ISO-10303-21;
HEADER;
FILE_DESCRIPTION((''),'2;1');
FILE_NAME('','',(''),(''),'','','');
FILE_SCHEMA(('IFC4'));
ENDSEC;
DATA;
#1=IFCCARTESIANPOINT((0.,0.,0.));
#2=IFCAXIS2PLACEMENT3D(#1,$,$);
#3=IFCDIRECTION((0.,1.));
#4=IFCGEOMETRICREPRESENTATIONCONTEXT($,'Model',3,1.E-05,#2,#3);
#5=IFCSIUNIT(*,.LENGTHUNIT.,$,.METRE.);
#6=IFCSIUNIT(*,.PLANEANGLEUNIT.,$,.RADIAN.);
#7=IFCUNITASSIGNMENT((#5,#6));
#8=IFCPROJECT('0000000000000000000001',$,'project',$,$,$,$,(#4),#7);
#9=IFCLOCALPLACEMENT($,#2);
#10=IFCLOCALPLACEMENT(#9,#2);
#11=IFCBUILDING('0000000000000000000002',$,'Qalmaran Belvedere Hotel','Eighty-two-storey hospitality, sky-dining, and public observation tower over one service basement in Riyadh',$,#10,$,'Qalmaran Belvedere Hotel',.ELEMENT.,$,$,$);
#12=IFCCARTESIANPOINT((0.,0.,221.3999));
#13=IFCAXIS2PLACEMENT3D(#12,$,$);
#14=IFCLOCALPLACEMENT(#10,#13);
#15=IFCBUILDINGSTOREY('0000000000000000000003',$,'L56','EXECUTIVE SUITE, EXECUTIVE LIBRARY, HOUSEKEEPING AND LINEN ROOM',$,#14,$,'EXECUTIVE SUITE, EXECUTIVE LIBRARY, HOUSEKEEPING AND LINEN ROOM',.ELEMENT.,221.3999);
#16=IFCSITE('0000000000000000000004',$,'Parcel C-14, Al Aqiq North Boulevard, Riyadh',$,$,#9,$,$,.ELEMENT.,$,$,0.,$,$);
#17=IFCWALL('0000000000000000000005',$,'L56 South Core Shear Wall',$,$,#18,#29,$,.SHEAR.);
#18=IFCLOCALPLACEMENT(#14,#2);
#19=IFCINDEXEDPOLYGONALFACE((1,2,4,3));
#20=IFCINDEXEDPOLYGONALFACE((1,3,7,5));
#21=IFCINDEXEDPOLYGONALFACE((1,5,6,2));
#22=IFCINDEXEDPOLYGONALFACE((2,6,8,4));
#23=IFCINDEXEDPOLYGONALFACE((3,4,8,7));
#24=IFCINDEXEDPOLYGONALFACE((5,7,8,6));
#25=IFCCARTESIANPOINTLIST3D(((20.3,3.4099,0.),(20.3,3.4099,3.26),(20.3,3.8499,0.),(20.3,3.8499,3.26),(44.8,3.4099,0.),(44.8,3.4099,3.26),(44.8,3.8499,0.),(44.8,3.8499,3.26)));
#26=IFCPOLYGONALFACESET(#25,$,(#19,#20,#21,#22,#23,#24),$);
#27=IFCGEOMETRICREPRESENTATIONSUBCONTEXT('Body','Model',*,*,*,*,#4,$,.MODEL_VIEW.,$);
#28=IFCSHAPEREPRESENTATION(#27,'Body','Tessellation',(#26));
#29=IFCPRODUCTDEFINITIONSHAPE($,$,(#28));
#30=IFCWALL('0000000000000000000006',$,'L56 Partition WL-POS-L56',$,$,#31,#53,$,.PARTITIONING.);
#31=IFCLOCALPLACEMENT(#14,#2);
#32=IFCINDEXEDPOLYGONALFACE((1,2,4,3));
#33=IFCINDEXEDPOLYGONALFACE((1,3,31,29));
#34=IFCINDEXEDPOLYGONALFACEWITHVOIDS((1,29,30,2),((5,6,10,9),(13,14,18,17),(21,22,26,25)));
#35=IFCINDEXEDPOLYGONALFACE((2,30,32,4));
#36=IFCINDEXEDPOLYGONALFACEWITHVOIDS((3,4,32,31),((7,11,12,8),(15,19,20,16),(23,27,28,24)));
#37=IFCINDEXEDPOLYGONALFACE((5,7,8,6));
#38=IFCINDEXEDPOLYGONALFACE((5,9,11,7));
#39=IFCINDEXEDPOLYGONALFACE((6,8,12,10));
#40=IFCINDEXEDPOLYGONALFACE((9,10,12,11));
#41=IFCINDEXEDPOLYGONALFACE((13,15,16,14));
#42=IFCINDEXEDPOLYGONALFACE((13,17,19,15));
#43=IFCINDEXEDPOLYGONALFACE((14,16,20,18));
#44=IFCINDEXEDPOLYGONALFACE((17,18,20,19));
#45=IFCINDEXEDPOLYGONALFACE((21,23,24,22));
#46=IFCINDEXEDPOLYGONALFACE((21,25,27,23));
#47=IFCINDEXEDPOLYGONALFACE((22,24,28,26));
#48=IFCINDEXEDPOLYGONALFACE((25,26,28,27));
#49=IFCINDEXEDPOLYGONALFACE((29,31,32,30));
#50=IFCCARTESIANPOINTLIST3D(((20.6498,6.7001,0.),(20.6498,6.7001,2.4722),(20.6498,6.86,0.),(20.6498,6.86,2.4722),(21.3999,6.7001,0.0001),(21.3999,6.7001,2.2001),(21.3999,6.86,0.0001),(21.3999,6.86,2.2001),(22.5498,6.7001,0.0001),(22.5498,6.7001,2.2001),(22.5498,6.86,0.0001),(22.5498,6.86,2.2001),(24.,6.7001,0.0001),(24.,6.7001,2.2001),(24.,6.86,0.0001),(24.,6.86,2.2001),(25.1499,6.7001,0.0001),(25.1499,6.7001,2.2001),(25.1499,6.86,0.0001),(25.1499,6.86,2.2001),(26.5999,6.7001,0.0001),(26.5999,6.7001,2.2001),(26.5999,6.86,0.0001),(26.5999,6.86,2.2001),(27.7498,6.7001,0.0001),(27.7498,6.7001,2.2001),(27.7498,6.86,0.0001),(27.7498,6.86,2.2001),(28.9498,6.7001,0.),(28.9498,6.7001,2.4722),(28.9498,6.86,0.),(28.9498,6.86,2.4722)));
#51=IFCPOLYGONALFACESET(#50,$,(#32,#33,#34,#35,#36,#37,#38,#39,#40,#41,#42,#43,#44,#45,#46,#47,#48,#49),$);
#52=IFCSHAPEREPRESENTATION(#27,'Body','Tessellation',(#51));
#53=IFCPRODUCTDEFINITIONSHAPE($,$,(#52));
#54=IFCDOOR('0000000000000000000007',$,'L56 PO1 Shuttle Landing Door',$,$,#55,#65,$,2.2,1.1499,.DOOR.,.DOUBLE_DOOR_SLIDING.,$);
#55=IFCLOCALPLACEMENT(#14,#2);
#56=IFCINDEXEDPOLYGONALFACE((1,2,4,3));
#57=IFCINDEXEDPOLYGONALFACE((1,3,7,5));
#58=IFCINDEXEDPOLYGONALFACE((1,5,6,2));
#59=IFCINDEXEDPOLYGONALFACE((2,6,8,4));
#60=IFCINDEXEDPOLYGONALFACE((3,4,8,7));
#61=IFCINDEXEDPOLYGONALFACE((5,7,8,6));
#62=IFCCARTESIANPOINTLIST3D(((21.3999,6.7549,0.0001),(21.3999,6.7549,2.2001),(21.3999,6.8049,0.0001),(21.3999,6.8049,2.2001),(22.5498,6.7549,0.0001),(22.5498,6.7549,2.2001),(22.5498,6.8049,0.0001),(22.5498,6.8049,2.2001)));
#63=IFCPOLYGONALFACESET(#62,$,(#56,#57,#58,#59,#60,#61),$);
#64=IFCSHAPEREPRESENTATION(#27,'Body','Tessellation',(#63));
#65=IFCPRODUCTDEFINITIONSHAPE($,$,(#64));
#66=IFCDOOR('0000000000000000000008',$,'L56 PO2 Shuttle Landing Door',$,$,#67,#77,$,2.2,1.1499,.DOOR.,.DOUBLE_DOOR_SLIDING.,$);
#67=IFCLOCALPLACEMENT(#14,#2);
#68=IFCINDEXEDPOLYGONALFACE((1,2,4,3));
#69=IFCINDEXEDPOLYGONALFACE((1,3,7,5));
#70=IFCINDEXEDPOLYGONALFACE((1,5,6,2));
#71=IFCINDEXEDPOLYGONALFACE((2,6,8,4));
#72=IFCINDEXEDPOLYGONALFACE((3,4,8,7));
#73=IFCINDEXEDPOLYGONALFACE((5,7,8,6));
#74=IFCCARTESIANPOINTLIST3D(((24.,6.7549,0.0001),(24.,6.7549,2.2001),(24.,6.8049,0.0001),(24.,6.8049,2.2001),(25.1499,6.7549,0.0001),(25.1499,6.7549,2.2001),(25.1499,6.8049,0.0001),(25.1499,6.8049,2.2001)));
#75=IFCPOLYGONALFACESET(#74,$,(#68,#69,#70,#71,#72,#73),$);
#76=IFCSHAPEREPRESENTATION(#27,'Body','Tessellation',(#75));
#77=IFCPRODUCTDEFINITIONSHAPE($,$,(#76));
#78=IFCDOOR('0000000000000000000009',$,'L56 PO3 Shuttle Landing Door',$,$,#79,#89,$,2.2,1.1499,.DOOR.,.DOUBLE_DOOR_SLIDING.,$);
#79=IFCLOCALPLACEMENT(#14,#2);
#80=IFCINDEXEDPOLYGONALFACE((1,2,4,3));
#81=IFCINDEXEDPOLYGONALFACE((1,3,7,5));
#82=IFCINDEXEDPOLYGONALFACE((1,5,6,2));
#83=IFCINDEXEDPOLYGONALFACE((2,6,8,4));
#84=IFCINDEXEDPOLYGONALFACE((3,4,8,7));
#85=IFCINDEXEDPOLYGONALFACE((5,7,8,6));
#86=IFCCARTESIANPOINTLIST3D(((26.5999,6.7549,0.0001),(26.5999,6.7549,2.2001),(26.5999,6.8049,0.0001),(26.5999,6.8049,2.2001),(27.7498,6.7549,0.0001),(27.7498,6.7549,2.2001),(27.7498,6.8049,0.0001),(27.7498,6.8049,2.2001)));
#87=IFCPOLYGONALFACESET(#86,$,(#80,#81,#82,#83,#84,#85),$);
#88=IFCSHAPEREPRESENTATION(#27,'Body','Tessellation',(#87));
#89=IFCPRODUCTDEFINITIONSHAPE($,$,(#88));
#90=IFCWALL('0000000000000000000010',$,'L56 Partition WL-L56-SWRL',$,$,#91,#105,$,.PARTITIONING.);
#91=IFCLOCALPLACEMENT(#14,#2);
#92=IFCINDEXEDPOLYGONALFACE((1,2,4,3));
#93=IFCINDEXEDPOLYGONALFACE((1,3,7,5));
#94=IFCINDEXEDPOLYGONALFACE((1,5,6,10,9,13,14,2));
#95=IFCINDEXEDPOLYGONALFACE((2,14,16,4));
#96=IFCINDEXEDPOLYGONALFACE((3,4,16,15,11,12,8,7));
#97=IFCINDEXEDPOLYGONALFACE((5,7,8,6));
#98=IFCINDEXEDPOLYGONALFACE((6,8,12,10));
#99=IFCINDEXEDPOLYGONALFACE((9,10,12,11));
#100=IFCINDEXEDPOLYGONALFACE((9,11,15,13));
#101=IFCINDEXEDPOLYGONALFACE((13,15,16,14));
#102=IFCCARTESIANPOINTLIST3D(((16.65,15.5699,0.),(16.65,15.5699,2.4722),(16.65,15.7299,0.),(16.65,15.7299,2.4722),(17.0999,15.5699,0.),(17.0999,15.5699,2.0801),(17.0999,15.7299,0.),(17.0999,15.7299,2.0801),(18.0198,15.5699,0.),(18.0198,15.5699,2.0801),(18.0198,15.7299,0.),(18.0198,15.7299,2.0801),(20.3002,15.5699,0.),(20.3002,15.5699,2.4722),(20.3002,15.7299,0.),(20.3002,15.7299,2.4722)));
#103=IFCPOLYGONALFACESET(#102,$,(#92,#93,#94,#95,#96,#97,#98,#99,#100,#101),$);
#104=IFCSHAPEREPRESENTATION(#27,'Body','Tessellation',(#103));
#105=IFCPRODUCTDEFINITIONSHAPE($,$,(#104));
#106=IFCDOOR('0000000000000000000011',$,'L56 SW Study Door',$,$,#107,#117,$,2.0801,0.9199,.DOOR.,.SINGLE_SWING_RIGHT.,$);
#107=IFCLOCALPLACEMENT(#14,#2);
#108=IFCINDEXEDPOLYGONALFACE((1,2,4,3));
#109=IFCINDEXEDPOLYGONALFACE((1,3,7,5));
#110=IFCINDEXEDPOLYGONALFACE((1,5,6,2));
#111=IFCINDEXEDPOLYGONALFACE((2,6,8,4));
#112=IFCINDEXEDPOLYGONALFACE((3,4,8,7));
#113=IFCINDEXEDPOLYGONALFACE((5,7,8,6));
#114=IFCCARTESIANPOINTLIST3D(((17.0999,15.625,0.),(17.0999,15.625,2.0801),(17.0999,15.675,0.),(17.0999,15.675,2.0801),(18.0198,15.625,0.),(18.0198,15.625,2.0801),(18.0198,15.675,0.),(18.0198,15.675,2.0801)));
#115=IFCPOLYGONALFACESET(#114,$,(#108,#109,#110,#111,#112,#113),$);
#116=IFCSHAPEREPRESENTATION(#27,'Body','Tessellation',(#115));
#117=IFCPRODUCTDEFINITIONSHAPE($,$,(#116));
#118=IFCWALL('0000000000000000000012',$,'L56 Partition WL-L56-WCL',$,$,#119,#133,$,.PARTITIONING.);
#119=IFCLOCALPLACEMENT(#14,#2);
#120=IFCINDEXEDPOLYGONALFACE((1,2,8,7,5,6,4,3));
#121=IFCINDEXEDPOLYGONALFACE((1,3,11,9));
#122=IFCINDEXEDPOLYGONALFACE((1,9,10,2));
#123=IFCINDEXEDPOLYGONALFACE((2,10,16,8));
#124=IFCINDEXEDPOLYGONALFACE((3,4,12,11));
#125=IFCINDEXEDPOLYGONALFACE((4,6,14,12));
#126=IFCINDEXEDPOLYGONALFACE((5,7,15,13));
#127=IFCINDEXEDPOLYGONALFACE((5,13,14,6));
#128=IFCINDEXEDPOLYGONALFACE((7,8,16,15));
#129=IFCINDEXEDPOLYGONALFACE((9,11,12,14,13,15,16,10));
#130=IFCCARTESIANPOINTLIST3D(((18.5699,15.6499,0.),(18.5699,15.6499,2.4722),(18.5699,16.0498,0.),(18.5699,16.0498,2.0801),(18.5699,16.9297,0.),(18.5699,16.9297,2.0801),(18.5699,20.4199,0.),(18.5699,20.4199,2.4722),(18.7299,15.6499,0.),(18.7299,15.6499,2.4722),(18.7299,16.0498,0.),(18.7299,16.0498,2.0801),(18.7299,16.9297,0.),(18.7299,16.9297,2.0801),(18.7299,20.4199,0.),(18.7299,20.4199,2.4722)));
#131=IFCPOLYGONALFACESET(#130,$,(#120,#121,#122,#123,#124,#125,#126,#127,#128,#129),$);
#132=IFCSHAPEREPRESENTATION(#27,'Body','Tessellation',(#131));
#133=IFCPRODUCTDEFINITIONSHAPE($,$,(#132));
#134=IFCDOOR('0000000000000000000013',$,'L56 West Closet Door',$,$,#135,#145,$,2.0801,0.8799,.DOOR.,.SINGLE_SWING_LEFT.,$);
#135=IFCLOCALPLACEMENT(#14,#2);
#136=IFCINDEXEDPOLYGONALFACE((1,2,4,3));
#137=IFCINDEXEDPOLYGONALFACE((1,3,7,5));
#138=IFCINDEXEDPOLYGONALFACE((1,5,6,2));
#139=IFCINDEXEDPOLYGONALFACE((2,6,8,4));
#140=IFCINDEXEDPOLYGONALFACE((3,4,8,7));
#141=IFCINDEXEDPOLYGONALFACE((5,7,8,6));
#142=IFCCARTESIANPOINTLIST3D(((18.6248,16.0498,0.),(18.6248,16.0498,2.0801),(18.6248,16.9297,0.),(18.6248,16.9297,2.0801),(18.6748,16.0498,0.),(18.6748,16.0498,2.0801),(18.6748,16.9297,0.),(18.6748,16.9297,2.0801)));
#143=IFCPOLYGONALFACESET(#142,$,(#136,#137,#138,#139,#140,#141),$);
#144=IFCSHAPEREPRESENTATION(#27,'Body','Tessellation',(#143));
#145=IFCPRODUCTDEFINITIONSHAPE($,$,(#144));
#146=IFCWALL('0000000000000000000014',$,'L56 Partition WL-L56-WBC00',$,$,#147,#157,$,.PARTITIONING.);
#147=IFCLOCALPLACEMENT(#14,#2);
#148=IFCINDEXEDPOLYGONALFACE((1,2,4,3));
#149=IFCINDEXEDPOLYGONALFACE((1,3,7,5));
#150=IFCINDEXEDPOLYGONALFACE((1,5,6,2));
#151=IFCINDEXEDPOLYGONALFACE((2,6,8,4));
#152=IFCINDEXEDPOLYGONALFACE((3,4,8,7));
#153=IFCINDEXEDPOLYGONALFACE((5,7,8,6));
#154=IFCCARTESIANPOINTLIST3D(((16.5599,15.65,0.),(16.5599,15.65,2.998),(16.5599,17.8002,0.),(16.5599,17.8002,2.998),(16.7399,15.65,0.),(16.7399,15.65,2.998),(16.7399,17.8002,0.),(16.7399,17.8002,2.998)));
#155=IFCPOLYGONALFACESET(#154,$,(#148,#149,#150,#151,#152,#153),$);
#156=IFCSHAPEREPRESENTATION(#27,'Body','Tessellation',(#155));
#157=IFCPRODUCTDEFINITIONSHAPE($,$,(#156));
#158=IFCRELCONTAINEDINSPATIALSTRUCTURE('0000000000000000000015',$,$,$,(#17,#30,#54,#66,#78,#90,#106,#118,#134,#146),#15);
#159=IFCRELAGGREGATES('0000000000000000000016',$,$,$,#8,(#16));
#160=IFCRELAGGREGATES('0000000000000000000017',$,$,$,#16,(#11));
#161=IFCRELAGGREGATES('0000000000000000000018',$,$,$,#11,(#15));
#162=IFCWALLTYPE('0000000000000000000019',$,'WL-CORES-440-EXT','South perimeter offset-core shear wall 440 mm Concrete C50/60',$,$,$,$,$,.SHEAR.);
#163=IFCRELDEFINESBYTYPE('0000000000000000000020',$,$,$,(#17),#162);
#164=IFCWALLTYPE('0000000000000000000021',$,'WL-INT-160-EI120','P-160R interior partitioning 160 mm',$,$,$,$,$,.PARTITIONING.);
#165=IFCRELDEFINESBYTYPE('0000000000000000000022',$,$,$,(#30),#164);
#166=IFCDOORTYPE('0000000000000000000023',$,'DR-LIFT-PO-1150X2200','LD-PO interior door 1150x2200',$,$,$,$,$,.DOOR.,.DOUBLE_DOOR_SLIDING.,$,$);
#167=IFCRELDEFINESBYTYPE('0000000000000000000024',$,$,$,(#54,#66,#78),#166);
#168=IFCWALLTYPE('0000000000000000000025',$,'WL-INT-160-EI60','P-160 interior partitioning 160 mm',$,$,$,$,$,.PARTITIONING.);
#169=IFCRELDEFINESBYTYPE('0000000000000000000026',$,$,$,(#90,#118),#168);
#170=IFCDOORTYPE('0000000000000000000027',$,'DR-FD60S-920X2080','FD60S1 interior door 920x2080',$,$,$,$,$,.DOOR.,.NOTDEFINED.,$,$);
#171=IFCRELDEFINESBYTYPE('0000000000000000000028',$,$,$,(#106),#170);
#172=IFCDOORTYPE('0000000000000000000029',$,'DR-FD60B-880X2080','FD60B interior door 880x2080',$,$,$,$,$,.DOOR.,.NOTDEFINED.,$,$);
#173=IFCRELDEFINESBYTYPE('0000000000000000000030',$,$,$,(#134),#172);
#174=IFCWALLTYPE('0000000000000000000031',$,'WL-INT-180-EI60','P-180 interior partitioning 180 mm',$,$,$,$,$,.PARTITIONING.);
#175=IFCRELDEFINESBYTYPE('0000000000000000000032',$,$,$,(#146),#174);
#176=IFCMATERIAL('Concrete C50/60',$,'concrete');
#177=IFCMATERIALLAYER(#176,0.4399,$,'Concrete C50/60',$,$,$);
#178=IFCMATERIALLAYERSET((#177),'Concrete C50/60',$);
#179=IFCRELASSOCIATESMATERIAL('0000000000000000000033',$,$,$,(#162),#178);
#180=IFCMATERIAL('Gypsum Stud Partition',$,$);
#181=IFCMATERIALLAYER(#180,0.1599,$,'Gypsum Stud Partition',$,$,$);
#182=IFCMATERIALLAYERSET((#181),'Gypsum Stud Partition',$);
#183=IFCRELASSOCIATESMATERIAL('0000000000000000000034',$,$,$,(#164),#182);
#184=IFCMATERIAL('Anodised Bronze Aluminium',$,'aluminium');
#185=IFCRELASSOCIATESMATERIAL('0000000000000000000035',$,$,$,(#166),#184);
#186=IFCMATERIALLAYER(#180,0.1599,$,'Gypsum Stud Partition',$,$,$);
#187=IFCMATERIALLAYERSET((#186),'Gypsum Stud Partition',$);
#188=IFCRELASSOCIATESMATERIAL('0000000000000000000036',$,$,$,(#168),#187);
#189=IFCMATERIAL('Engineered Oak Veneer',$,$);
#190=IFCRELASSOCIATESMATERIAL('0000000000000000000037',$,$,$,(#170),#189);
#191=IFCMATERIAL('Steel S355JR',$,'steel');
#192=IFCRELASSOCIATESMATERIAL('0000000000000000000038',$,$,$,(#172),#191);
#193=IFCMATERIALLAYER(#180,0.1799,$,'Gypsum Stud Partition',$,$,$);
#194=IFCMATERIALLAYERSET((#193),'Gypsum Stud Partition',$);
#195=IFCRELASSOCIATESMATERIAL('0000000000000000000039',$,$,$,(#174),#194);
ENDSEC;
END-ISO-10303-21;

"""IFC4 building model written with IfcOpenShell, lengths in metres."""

from ifc_helpers import new_model, si_unit, direction, frame, frame_2d, origin, place, context, subcontext, project, spatial, rectangle, extrude, material, layer, layer_set, type_object, element, fill, save


model = new_model("IFC4")

# Units and contexts
model_context = context("Model", 3, precision=1e-05, world=origin(), true_north=direction((0.0, 1.0)))
body_context = subcontext(model_context, "Body", "Model", "MODEL_VIEW")
ifc_project = project(units=[si_unit("LENGTHUNIT", "METRE"), si_unit("PLANEANGLEUNIT", "RADIAN")], contexts=[model_context])

# Site, building, storey
site_placement = place(None, origin())
site = spatial("IfcSite", under=ifc_project, at=site_placement, Name="Parcel C-14, Al Aqiq North Boulevard, Riyadh", CompositionType="ELEMENT", RefElevation=0.0)
building_placement = place(site_placement, origin())
building = spatial("IfcBuilding", under=site, at=building_placement, Name="Qalmaran Belvedere Hotel", Description="Eighty-two-storey hospitality, sky-dining, and public observation tower over one service basement in Riyadh", LongName="Qalmaran Belvedere Hotel", CompositionType="ELEMENT")
storey_placement = place(building_placement, frame((0.0, 0.0, 221.3999)))
storey = spatial("IfcBuildingStorey", under=building, at=storey_placement, Name="L56", Description="EXECUTIVE SUITE, EXECUTIVE LIBRARY, HOUSEKEEPING AND LINEN ROOM", LongName="EXECUTIVE SUITE, EXECUTIVE LIBRARY, HOUSEKEEPING AND LINEN ROOM", CompositionType="ELEMENT", Elevation=221.3999)

# Shared definitions
ifc_material_1 = material(Name="Concrete C50/60", Category="concrete")

# Shared definitions
ifc_material_2 = material(Name="Steel S355JR", Category="steel")

# Shared definitions
ifc_material_3 = material(Name="Anodised Bronze Aluminium", Category="aluminium")

# Wall
ifc_layer_1 = layer(ifc_material_1, 0.4399, Name="Concrete C50/60")
ifc_layer_set_1 = layer_set([ifc_layer_1], Name="Concrete C50/60")
wall_type_1 = type_object("IfcWallType", Name="WL-CORES-440-EXT", Description="South perimeter offset-core shear wall 440 mm Concrete C50/60", PredefinedType="SHEAR", material=ifc_layer_set_1)
wall_1_placement = place(storey_placement, frame((20.3, 3.6299, 0.0), z_axis=(0.0, 0.0, 1.0), x_axis=(1.0, 0.0, 0.0)))
element("IfcWall", 1, at=wall_1_placement, inside=storey, type_object=wall_type_1, Name="L56 South Core Shear Wall", PredefinedType="SHEAR", context=body_context, shape_type="SweptSolid", body=[
    extrude(rectangle(XDim=24.5, YDim=0.4399, at=frame_2d((12.25, 0.0))), origin(), (0.0, 0.0, 1.0), 3.26),
])

# Wall, openings, doors
ifc_material_4 = material(Name="Gypsum Stud Partition")
ifc_layer_2 = layer(ifc_material_4, 0.1599, Name="Gypsum Stud Partition")
ifc_layer_set_2 = layer_set([ifc_layer_2], Name="Gypsum Stud Partition")
wall_type_2 = type_object("IfcWallType", Name="WL-INT-160-EI120", Description="P-160R interior partitioning 160 mm", PredefinedType="PARTITIONING", material=ifc_layer_set_2)
wall_2_placement = place(storey_placement, frame((20.6499, 6.78, 0.0), z_axis=(0.0, 0.0, 1.0), x_axis=(1.0, 0.0, 0.0)))
wall_2 = element("IfcWall", 2, at=wall_2_placement, inside=storey, type_object=wall_type_2, Name="L56 Partition WL-POS-L56", PredefinedType="PARTITIONING", context=body_context, shape_type="SweptSolid", body=[
    extrude(rectangle(XDim=8.3, YDim=0.1599, at=frame_2d((4.1499, 0.0))), origin(), (0.0, 0.0, 1.0), 2.4722),
])
opening_1_placement = place(wall_2_placement, frame((0.75, 0.0, 0.0)))
opening_1 = element("IfcOpeningElement", 3, at=opening_1_placement, cuts=wall_2, PredefinedType="OPENING", context=body_context, shape_type="SweptSolid", body=[
    extrude(rectangle(XDim=1.1499, YDim=2.2, at=frame_2d((0.575, 1.1001))), frame((0.0, 0.0898, 0.0), z_axis=(0.0, -1.0, 0.0), x_axis=(1.0, 0.0, 0.0)), (0.0, 0.0, 1.0), 0.1799),
])
opening_2_placement = place(wall_2_placement, frame((3.3501, 0.0, 0.0)))
opening_2 = element("IfcOpeningElement", 4, at=opening_2_placement, cuts=wall_2, PredefinedType="OPENING", context=body_context, shape_type="SweptSolid", body=[
    extrude(rectangle(XDim=1.1499, YDim=2.2, at=frame_2d((0.575, 1.1001))), frame((0.0, 0.0898, 0.0), z_axis=(0.0, -1.0, 0.0), x_axis=(1.0, 0.0, 0.0)), (0.0, 0.0, 1.0), 0.1799),
])
opening_3_placement = place(wall_2_placement, frame((5.95, 0.0, 0.0)))
opening_3 = element("IfcOpeningElement", 5, at=opening_3_placement, cuts=wall_2, PredefinedType="OPENING", context=body_context, shape_type="SweptSolid", body=[
    extrude(rectangle(XDim=1.1499, YDim=2.2, at=frame_2d((0.575, 1.1001))), frame((0.0, 0.0898, 0.0), z_axis=(0.0, -1.0, 0.0), x_axis=(1.0, 0.0, 0.0)), (0.0, 0.0, 1.0), 0.1799),
])
door_type_1 = type_object("IfcDoorType", Name="DR-LIFT-PO-1150X2200", Description="LD-PO interior door 1150x2200", OperationType="DOUBLE_DOOR_SLIDING", PredefinedType="DOOR", material=ifc_material_3)
door_1_placement = place(opening_1_placement, origin())
door_1 = element("IfcDoor", 6, at=door_1_placement, inside=storey, type_object=door_type_1, Name="L56 PO1 Shuttle Landing Door", OperationType="DOUBLE_DOOR_SLIDING", OverallHeight=2.2, OverallWidth=1.1499, PredefinedType="DOOR", context=body_context, shape_type="SweptSolid", body=[
    extrude(rectangle(XDim=1.1499, YDim=2.2, at=frame_2d((0.575, 1.1001))), frame((0.0, 0.0249, 0.0), z_axis=(0.0, -1.0, 0.0), x_axis=(1.0, 0.0, 0.0)), (0.0, 0.0, 1.0), 0.05),
])
fill(opening_1, door_1)
door_2_placement = place(opening_2_placement, origin())
door_2 = element("IfcDoor", 7, at=door_2_placement, inside=storey, type_object=door_type_1, Name="L56 PO2 Shuttle Landing Door", OperationType="DOUBLE_DOOR_SLIDING", OverallHeight=2.2, OverallWidth=1.1499, PredefinedType="DOOR", context=body_context, shape_type="SweptSolid", body=[
    extrude(rectangle(XDim=1.1499, YDim=2.2, at=frame_2d((0.575, 1.1001))), frame((0.0, 0.0249, 0.0), z_axis=(0.0, -1.0, 0.0), x_axis=(1.0, 0.0, 0.0)), (0.0, 0.0, 1.0), 0.05),
])
fill(opening_2, door_2)
door_3_placement = place(opening_3_placement, origin())
door_3 = element("IfcDoor", 8, at=door_3_placement, inside=storey, type_object=door_type_1, Name="L56 PO3 Shuttle Landing Door", OperationType="DOUBLE_DOOR_SLIDING", OverallHeight=2.2, OverallWidth=1.1499, PredefinedType="DOOR", context=body_context, shape_type="SweptSolid", body=[
    extrude(rectangle(XDim=1.1499, YDim=2.2, at=frame_2d((0.575, 1.1001))), frame((0.0, 0.0249, 0.0), z_axis=(0.0, -1.0, 0.0), x_axis=(1.0, 0.0, 0.0)), (0.0, 0.0, 1.0), 0.05),
])
fill(opening_3, door_3)

# Walls, openings, doors
ifc_layer_3 = layer(ifc_material_4, 0.1599, Name="Gypsum Stud Partition")
ifc_layer_set_3 = layer_set([ifc_layer_3], Name="Gypsum Stud Partition")
wall_type_3 = type_object("IfcWallType", Name="WL-INT-160-EI60", Description="P-160 interior partitioning 160 mm", PredefinedType="PARTITIONING", material=ifc_layer_set_3)
wall_3_placement = place(storey_placement, frame((16.6499, 15.6499, 0.0), z_axis=(0.0, 0.0, 1.0), x_axis=(1.0, 0.0, 0.0)))
wall_3 = element("IfcWall", 9, at=wall_3_placement, inside=storey, type_object=wall_type_3, Name="L56 Partition WL-L56-SWRL", PredefinedType="PARTITIONING", context=body_context, shape_type="SweptSolid", body=[
    extrude(rectangle(XDim=3.6501, YDim=0.1599, at=frame_2d((1.8252, 0.0))), origin(), (0.0, 0.0, 1.0), 2.4722),
])
opening_4_placement = place(wall_3_placement, frame((1.3699, 0.0, 0.0), z_axis=(0.0, 0.0, 1.0), x_axis=(-1.0, 0.0, 0.0)))
opening_4 = element("IfcOpeningElement", 10, at=opening_4_placement, cuts=wall_3, PredefinedType="OPENING", context=body_context, shape_type="SweptSolid", body=[
    extrude(rectangle(XDim=0.9199, YDim=2.0801, at=frame_2d((0.46, 1.04))), frame((0.0, 0.0898, 0.0), z_axis=(0.0, -1.0, 0.0), x_axis=(1.0, 0.0, 0.0)), (0.0, 0.0, 1.0), 0.1799),
])
ifc_material_5 = material(Name="Engineered Oak Veneer")
door_type_2 = type_object("IfcDoorType", Name="DR-FD60S-920X2080", Description="FD60S1 interior door 920x2080", OperationType="NOTDEFINED", PredefinedType="DOOR", material=ifc_material_5)
door_4_placement = place(opening_4_placement, origin())
door_4 = element("IfcDoor", 11, at=door_4_placement, inside=storey, type_object=door_type_2, Name="L56 SW Study Door", OperationType="SINGLE_SWING_RIGHT", OverallHeight=2.0801, OverallWidth=0.9199, PredefinedType="DOOR", context=body_context, shape_type="SweptSolid", body=[
    extrude(rectangle(XDim=0.9199, YDim=2.0801, at=frame_2d((0.46, 1.04))), frame((0.0, 0.0249, 0.0), z_axis=(0.0, -1.0, 0.0), x_axis=(1.0, 0.0, 0.0)), (0.0, 0.0, 1.0), 0.05),
])
fill(opening_4, door_4)
wall_4_placement = place(storey_placement, frame((18.6499, 15.6499, 0.0), z_axis=(0.0, 0.0, 1.0), x_axis=(0.0, 1.0, 0.0)))
wall_4 = element("IfcWall", 12, at=wall_4_placement, inside=storey, type_object=wall_type_3, Name="L56 Partition WL-L56-WCL", PredefinedType="PARTITIONING", context=body_context, shape_type="SweptSolid", body=[
    extrude(rectangle(XDim=4.77, YDim=0.1599, at=frame_2d((2.385, 0.0))), origin(), (0.0, 0.0, 1.0), 2.4722),
])
opening_5_placement = place(wall_4_placement, frame((1.2798, 0.0, 0.0), z_axis=(0.0, 0.0, 1.0), x_axis=(-1.0, 0.0, 0.0)))
opening_5 = element("IfcOpeningElement", 13, at=opening_5_placement, cuts=wall_4, PredefinedType="OPENING", context=body_context, shape_type="SweptSolid", body=[
    extrude(rectangle(XDim=0.8799, YDim=2.0801, at=frame_2d((0.4399, 1.04))), frame((0.0, 0.0898, 0.0), z_axis=(0.0, -1.0, 0.0), x_axis=(1.0, 0.0, 0.0)), (0.0, 0.0, 1.0), 0.1799),
])
door_type_3 = type_object("IfcDoorType", Name="DR-FD60B-880X2080", Description="FD60B interior door 880x2080", OperationType="NOTDEFINED", PredefinedType="DOOR", material=ifc_material_2)
door_5_placement = place(opening_5_placement, origin())
door_5 = element("IfcDoor", 14, at=door_5_placement, inside=storey, type_object=door_type_3, Name="L56 West Closet Door", OperationType="SINGLE_SWING_LEFT", OverallHeight=2.0801, OverallWidth=0.8799, PredefinedType="DOOR", context=body_context, shape_type="SweptSolid", body=[
    extrude(rectangle(XDim=0.8799, YDim=2.0801, at=frame_2d((0.4399, 1.04))), frame((0.0, 0.0249, 0.0), z_axis=(0.0, -1.0, 0.0), x_axis=(1.0, 0.0, 0.0)), (0.0, 0.0, 1.0), 0.05),
])
fill(opening_5, door_5)

# Wall
ifc_layer_4 = layer(ifc_material_4, 0.1799, Name="Gypsum Stud Partition")
ifc_layer_set_4 = layer_set([ifc_layer_4], Name="Gypsum Stud Partition")
wall_type_4 = type_object("IfcWallType", Name="WL-INT-180-EI60", Description="P-180 interior partitioning 180 mm", PredefinedType="PARTITIONING", material=ifc_layer_set_4)
wall_5_placement = place(storey_placement, frame((16.6499, 15.6499, 0.0), z_axis=(0.0, 0.0, 1.0), x_axis=(0.0, 1.0, 0.0)))
element("IfcWall", 15, at=wall_5_placement, inside=storey, type_object=wall_type_4, Name="L56 Partition WL-L56-WBC00", PredefinedType="PARTITIONING", context=body_context, shape_type="SweptSolid", body=[
    extrude(rectangle(XDim=2.1501, YDim=0.1799, at=frame_2d((1.0752, 0.0))), origin(), (0.0, 0.0, 1.0), 2.998),
])

save(model, "model.ifc")
